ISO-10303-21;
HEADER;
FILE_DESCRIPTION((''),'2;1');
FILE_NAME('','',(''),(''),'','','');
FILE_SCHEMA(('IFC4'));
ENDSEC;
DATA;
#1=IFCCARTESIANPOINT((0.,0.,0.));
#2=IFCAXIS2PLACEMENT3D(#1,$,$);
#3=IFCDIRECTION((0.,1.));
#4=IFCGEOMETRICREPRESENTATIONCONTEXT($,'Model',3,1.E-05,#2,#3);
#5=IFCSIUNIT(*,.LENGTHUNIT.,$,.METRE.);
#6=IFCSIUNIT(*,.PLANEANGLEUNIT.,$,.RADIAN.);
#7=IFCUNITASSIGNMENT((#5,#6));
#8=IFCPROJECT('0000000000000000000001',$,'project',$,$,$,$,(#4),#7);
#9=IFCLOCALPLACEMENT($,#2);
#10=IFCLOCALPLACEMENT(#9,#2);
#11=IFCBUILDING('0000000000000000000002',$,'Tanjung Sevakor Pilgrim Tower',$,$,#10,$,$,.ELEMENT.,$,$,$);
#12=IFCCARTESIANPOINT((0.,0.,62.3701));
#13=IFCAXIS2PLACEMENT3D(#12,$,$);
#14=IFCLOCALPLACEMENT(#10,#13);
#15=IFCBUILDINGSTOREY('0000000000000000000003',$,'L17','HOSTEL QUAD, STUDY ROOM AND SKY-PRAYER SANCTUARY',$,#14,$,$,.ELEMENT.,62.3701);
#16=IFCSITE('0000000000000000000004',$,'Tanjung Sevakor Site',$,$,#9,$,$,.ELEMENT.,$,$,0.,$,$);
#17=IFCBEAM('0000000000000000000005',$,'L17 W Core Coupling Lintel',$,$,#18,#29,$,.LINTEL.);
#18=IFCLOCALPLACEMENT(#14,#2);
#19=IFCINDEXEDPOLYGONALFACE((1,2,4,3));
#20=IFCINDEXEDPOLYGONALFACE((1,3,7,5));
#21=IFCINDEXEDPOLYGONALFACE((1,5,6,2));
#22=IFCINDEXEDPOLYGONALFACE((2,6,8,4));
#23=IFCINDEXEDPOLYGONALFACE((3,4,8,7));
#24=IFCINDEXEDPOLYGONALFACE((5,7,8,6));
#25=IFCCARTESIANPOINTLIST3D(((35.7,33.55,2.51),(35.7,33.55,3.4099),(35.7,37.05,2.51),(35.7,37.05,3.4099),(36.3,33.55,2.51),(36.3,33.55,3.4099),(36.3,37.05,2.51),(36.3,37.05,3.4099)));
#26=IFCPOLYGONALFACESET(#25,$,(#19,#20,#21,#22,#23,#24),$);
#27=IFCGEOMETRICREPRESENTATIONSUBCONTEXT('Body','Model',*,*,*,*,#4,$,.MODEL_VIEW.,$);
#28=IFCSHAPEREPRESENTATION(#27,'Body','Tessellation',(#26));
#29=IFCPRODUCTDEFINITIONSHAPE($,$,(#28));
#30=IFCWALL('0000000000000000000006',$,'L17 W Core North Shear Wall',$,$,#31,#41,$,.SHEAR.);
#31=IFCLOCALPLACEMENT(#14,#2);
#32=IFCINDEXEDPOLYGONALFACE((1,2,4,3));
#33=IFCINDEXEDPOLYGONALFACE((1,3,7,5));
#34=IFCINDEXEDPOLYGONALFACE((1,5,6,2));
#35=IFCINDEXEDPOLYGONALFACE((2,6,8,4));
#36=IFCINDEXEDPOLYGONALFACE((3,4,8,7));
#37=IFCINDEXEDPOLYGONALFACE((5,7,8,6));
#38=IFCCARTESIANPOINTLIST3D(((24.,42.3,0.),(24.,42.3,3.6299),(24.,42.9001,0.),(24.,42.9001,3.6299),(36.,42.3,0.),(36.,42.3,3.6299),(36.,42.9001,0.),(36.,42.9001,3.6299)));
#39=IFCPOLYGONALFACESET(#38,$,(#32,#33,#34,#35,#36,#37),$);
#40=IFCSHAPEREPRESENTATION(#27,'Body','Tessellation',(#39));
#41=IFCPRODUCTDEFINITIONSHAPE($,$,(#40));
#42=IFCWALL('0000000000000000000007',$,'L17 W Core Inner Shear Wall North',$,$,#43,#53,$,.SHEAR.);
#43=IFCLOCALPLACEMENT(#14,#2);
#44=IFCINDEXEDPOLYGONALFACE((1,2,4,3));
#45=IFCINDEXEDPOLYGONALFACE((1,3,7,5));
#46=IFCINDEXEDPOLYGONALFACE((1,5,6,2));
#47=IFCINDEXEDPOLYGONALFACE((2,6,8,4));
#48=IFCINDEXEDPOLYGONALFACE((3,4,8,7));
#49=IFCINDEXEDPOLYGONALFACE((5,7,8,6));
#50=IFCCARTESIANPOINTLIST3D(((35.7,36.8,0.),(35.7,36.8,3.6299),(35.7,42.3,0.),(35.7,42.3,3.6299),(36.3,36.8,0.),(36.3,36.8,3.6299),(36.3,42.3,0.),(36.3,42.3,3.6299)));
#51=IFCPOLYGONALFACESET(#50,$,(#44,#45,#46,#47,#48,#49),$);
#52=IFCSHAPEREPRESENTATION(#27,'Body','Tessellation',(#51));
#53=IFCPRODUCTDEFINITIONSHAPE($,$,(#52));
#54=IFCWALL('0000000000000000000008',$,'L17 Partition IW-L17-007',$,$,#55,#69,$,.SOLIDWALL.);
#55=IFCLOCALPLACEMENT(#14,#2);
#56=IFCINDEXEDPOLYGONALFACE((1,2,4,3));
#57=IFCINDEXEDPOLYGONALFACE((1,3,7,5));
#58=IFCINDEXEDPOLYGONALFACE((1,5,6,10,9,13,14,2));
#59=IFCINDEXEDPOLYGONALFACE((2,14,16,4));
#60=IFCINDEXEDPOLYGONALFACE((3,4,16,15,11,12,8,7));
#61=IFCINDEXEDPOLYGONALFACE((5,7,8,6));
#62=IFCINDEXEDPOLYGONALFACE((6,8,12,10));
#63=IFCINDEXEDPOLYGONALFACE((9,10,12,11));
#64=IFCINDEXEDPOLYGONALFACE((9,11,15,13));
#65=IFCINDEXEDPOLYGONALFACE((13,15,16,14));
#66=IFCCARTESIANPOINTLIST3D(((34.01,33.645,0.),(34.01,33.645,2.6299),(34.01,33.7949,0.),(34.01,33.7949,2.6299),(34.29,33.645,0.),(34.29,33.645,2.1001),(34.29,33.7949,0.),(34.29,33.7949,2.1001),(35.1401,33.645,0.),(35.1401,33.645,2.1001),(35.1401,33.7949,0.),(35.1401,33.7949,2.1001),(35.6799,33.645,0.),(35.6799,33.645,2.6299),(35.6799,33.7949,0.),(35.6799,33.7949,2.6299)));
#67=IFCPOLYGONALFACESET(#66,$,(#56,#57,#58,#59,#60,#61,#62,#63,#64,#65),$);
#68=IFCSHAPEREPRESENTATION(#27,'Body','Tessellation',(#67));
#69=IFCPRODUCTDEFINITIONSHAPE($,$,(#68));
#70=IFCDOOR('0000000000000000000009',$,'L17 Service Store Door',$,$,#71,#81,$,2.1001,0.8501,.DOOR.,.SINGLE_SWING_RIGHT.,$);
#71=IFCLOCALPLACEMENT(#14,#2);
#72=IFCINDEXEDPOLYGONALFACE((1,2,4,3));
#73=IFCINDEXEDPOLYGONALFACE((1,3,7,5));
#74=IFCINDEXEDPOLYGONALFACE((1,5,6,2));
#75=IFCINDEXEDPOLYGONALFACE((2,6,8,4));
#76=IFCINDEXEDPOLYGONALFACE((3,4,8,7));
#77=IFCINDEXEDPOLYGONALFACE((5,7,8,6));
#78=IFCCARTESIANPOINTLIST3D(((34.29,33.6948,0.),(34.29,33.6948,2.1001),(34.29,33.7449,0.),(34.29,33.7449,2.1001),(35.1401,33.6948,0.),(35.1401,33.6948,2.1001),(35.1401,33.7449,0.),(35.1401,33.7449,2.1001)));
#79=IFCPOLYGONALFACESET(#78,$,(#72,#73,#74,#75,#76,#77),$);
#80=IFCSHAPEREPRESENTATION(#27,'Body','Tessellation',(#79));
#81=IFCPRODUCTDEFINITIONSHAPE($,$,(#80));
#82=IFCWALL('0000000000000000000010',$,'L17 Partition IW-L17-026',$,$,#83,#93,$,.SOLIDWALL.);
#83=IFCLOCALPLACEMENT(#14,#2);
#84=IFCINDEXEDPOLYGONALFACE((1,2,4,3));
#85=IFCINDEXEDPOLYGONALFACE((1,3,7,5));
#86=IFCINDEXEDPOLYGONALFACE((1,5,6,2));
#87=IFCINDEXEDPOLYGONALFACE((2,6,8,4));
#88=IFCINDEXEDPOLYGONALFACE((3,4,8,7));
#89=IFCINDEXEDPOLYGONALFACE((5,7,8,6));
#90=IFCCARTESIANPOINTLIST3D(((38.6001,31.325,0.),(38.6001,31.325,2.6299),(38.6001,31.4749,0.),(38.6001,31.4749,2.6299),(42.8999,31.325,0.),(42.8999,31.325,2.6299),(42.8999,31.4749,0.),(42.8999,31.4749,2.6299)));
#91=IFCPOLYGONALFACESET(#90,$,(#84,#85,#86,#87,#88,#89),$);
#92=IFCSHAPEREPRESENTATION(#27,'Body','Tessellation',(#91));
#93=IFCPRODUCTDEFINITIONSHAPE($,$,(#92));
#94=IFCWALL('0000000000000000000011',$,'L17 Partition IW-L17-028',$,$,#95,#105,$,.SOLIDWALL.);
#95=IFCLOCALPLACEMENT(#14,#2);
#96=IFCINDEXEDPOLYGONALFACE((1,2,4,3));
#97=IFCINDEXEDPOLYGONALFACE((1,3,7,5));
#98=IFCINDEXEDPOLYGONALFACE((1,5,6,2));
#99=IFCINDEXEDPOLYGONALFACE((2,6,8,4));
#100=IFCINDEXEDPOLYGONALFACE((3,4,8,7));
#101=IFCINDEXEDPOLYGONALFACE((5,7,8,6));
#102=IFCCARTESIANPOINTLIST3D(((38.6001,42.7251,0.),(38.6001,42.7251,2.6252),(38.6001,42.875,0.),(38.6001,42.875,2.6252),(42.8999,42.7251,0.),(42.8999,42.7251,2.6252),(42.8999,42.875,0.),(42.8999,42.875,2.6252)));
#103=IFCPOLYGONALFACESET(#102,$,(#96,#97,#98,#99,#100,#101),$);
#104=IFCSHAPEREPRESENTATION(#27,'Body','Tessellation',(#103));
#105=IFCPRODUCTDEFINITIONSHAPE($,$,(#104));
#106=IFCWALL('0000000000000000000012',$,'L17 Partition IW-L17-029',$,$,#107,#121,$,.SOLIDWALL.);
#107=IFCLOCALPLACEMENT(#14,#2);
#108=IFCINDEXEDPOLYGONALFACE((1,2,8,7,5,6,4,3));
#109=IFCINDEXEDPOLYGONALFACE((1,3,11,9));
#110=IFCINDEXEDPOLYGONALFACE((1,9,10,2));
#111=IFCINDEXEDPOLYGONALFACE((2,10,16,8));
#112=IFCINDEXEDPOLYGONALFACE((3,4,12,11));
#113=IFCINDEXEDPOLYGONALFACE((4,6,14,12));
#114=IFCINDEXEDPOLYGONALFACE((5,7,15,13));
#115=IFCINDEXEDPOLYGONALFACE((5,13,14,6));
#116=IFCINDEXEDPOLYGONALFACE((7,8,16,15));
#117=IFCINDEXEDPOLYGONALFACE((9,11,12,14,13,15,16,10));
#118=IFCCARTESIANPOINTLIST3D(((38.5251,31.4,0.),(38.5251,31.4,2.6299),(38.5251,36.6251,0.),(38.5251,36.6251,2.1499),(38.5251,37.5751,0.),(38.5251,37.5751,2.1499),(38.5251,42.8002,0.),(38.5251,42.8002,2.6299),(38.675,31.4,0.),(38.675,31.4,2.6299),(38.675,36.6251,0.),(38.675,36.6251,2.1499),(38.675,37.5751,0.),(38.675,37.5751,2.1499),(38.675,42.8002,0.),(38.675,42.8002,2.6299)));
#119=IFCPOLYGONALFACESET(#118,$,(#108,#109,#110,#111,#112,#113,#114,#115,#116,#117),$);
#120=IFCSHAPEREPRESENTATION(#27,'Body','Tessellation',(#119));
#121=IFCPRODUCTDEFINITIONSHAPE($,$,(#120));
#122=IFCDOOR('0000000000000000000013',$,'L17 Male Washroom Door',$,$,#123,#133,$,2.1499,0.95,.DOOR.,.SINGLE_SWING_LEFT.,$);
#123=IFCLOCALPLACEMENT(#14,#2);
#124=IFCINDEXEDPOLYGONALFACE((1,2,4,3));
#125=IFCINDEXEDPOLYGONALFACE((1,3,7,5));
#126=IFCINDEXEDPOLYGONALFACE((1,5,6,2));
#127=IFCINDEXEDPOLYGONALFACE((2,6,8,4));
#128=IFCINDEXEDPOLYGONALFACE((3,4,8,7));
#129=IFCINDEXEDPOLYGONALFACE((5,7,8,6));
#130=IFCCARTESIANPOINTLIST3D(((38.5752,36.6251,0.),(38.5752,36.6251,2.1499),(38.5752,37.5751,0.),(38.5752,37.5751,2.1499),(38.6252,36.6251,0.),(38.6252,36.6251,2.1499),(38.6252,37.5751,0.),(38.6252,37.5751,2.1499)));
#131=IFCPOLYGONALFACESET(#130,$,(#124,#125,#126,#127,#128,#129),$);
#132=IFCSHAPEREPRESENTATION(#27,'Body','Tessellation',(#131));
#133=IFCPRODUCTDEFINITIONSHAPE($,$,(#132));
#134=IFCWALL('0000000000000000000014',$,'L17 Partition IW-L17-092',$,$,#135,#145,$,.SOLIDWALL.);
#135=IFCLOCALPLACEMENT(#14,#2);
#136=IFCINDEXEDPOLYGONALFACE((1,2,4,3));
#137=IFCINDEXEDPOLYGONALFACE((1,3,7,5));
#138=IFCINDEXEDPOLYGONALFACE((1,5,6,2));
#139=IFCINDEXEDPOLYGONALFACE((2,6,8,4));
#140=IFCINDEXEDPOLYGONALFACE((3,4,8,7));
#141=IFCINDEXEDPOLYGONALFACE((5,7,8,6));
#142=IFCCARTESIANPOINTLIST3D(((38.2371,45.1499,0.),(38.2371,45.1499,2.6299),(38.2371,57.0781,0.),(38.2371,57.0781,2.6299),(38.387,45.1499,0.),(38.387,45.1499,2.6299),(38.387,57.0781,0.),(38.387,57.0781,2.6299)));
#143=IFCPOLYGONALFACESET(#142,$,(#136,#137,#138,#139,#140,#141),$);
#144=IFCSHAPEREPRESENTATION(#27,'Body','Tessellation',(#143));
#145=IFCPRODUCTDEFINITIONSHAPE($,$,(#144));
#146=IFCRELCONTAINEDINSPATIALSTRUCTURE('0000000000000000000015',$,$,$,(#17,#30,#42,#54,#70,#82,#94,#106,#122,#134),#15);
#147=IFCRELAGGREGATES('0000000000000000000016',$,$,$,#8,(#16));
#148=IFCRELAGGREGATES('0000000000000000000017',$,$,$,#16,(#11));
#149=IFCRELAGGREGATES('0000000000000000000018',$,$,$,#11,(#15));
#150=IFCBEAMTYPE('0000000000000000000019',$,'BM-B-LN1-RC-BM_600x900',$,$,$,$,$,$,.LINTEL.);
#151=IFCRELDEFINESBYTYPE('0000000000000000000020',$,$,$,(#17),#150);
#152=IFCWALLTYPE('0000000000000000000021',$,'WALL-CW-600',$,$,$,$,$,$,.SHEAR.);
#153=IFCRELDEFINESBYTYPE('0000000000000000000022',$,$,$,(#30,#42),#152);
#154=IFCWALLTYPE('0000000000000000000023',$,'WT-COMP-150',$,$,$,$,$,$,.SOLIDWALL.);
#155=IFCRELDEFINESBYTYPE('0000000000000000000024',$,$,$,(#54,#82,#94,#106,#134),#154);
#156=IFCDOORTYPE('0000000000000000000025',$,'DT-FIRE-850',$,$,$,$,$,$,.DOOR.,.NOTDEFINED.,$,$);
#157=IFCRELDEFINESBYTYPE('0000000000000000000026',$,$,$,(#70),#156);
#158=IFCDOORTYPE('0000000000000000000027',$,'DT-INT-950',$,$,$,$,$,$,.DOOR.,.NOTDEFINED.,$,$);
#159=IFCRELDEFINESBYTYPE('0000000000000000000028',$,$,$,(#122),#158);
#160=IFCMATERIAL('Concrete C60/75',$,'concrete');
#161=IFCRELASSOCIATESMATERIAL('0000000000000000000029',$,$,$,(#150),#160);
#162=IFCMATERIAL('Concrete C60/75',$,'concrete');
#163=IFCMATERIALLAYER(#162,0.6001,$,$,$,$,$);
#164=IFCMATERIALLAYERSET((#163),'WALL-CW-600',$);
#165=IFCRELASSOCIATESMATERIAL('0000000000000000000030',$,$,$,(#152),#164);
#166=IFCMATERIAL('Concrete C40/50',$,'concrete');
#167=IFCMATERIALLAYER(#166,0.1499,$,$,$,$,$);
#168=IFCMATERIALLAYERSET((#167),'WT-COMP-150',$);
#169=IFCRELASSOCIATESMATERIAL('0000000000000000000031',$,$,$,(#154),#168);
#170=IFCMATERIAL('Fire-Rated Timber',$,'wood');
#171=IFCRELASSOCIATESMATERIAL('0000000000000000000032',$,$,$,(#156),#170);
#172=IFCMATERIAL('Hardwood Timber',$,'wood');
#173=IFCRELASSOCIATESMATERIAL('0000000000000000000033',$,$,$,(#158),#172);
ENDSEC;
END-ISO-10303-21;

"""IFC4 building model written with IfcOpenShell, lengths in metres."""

from ifc_helpers import new_model, si_unit, direction, frame, frame_2d, origin, origin_2d, place, context, subcontext, project, spatial, rectangle, extrude, material, layer, layer_set, material_profile, profile_set, type_object, element, fill, save


model = new_model("IFC4")

# Units and contexts
model_context = context("Model", 3, precision=1e-05, world=origin(), true_north=direction((0.0, 1.0)))
body_context = subcontext(model_context, "Body", "Model", "MODEL_VIEW")
ifc_project = project(units=[si_unit("LENGTHUNIT", "METRE"), si_unit("PLANEANGLEUNIT", "RADIAN")], contexts=[model_context])

# Site, building, storey
site_placement = place(None, origin())
site = spatial("IfcSite", under=ifc_project, at=site_placement, Name="Tanjung Sevakor Site", CompositionType="ELEMENT", RefElevation=0.0)
building_placement = place(site_placement, origin())
building = spatial("IfcBuilding", under=site, at=building_placement, Name="Tanjung Sevakor Pilgrim Tower", CompositionType="ELEMENT")
storey_placement = place(building_placement, frame((0.0, 0.0, 62.3701)))
storey = spatial("IfcBuildingStorey", under=building, at=storey_placement, Name="L17", Description="HOSTEL QUAD, STUDY ROOM AND SKY-PRAYER SANCTUARY", CompositionType="ELEMENT", Elevation=62.3701)

# Beam
ifc_material_1 = material(Name="Concrete C60/75", Category="concrete")
ifc_material_profile_1 = material_profile(ifc_material_1, rectangle(XDim=0.6001, YDim=0.8999, at=origin_2d()))
ifc_profile_set_1 = profile_set([ifc_material_profile_1], Name="Concrete C60/75")
beam_type_1 = type_object("IfcBeamType", Name="BM-B-LN1-RC-BM_600x900", PredefinedType="LINTEL", material=ifc_profile_set_1)
beam_1_placement = place(storey_placement, frame((36.0, 33.55, 2.96), z_axis=(0.0, 1.0, 0.0), x_axis=(-1.0, 0.0, 0.0)))
element("IfcBeam", 1, at=beam_1_placement, inside=storey, type_object=beam_type_1, Name="L17 W Core Coupling Lintel", PredefinedType="LINTEL", context=body_context, shape_type="SweptSolid", body=[
    extrude(rectangle(XDim=0.6001, YDim=0.8999, at=origin_2d()), origin(), (0.0, 0.0, 1.0), 3.5),
])

# Walls
ifc_material_2 = material(Name="Concrete C60/75", Category="concrete")
ifc_layer_1 = layer(ifc_material_2, 0.6001)
ifc_layer_set_1 = layer_set([ifc_layer_1], Name="WALL-CW-600")
wall_type_1 = type_object("IfcWallType", Name="WALL-CW-600", PredefinedType="SHEAR", material=ifc_layer_set_1)
wall_1_placement = place(storey_placement, frame((36.0, 42.6001, 0.0), z_axis=(0.0, 0.0, 1.0), x_axis=(-1.0, 0.0, 0.0)))
element("IfcWall", 2, at=wall_1_placement, inside=storey, type_object=wall_type_1, Name="L17 W Core North Shear Wall", PredefinedType="SHEAR", context=body_context, shape_type="SweptSolid", body=[
    extrude(rectangle(XDim=12.0, YDim=0.6001, at=frame_2d((6.0, 0.0))), origin(), (0.0, 0.0, 1.0), 3.6299),
])
wall_2_placement = place(storey_placement, frame((36.0, 36.8, 0.0), z_axis=(0.0, 0.0, 1.0), x_axis=(0.0, 1.0, 0.0)))
element("IfcWall", 3, at=wall_2_placement, inside=storey, type_object=wall_type_1, Name="L17 W Core Inner Shear Wall North", PredefinedType="SHEAR", context=body_context, shape_type="SweptSolid", body=[
    extrude(rectangle(XDim=5.5, YDim=0.6001, at=frame_2d((2.75, 0.0))), origin(), (0.0, 0.0, 1.0), 3.6299),
])

# Wall, opening, door
ifc_material_3 = material(Name="Concrete C40/50", Category="concrete")
ifc_layer_2 = layer(ifc_material_3, 0.1499)
ifc_layer_set_2 = layer_set([ifc_layer_2], Name="WT-COMP-150")
wall_type_2 = type_object("IfcWallType", Name="WT-COMP-150", PredefinedType="SOLIDWALL", material=ifc_layer_set_2)
wall_3_placement = place(storey_placement, frame((34.01, 33.72, 0.0), z_axis=(0.0, 0.0, 1.0), x_axis=(1.0, 0.0, 0.0)))
wall_3 = element("IfcWall", 4, at=wall_3_placement, inside=storey, type_object=wall_type_2, Name="L17 Partition IW-L17-007", PredefinedType="SOLIDWALL", context=body_context, shape_type="SweptSolid", body=[
    extrude(rectangle(XDim=1.6699, YDim=0.1499, at=frame_2d((0.835, 0.0))), origin(), (0.0, 0.0, 1.0), 2.6299),
])
opening_1_placement = place(wall_3_placement, frame((0.28, 0.0, 0.0)))
opening_1 = element("IfcOpeningElement", 5, at=opening_1_placement, cuts=wall_3, PredefinedType="OPENING", context=body_context, shape_type="SweptSolid", body=[
    extrude(rectangle(XDim=0.8501, YDim=2.1001, at=frame_2d((0.425, 1.05))), frame((0.0, 0.085, 0.0), z_axis=(0.0, -1.0, 0.0), x_axis=(1.0, 0.0, 0.0)), (0.0, 0.0, 1.0), 0.1699),
])
ifc_material_4 = material(Name="Fire-Rated Timber", Category="wood")
door_type_1 = type_object("IfcDoorType", Name="DT-FIRE-850", OperationType="NOTDEFINED", PredefinedType="DOOR", material=ifc_material_4)
door_1_placement = place(opening_1_placement, origin())
door_1 = element("IfcDoor", 6, at=door_1_placement, inside=storey, type_object=door_type_1, Name="L17 Service Store Door", OperationType="SINGLE_SWING_RIGHT", OverallHeight=2.1001, OverallWidth=0.8501, PredefinedType="DOOR", context=body_context, shape_type="SweptSolid", body=[
    extrude(rectangle(XDim=0.8501, YDim=2.1001, at=frame_2d((0.425, 1.05))), frame((0.0, 0.0249, 0.0), z_axis=(0.0, -1.0, 0.0), x_axis=(1.0, 0.0, 0.0)), (0.0, 0.0, 1.0), 0.05),
])
fill(opening_1, door_1)

# Walls
wall_4_placement = place(storey_placement, frame((38.6001, 31.3999, 0.0), z_axis=(0.0, 0.0, 1.0), x_axis=(1.0, 0.0, 0.0)))
element("IfcWall", 7, at=wall_4_placement, inside=storey, type_object=wall_type_2, Name="L17 Partition IW-L17-026", PredefinedType="SOLIDWALL", context=body_context, shape_type="SweptSolid", body=[
    extrude(rectangle(XDim=4.2998, YDim=0.1499, at=frame_2d((2.1499, 0.0))), origin(), (0.0, 0.0, 1.0), 2.6299),
])
wall_5_placement = place(storey_placement, frame((38.6001, 42.8, 0.0), z_axis=(0.0, 0.0, 1.0), x_axis=(1.0, 0.0, 0.0)))
element("IfcWall", 8, at=wall_5_placement, inside=storey, type_object=wall_type_2, Name="L17 Partition IW-L17-028", PredefinedType="SOLIDWALL", context=body_context, shape_type="SweptSolid", body=[
    extrude(rectangle(XDim=4.2998, YDim=0.1499, at=frame_2d((2.1499, 0.0))), origin(), (0.0, 0.0, 1.0), 2.6252),
])

# Wall, opening, door
wall_6_placement = place(storey_placement, frame((38.6001, 31.3999, 0.0), z_axis=(0.0, 0.0, 1.0), x_axis=(0.0, 1.0, 0.0)))
wall_6 = element("IfcWall", 9, at=wall_6_placement, inside=storey, type_object=wall_type_2, Name="L17 Partition IW-L17-029", PredefinedType="SOLIDWALL", context=body_context, shape_type="SweptSolid", body=[
    extrude(rectangle(XDim=11.4001, YDim=0.1499, at=frame_2d((5.7002, 0.0))), origin(), (0.0, 0.0, 1.0), 2.6299),
])
opening_2_placement = place(wall_6_placement, frame((5.2251, 0.0, 0.0)))
opening_2 = element("IfcOpeningElement", 10, at=opening_2_placement, cuts=wall_6, PredefinedType="OPENING", context=body_context, shape_type="SweptSolid", body=[
    extrude(rectangle(XDim=0.95, YDim=2.1499, at=frame_2d((0.4751, 1.075))), frame((0.0, 0.085, 0.0), z_axis=(0.0, -1.0, 0.0), x_axis=(1.0, 0.0, 0.0)), (0.0, 0.0, 1.0), 0.1699),
])
ifc_material_5 = material(Name="Hardwood Timber", Category="wood")
door_type_2 = type_object("IfcDoorType", Name="DT-INT-950", OperationType="NOTDEFINED", PredefinedType="DOOR", material=ifc_material_5)
door_2_placement = place(opening_2_placement, origin())
door_2 = element("IfcDoor", 11, at=door_2_placement, inside=storey, type_object=door_type_2, Name="L17 Male Washroom Door", OperationType="SINGLE_SWING_LEFT", OverallHeight=2.1499, OverallWidth=0.95, PredefinedType="DOOR", context=body_context, shape_type="SweptSolid", body=[
    extrude(rectangle(XDim=0.95, YDim=2.1499, at=frame_2d((0.4751, 1.075))), frame((0.0, 0.0249, 0.0), z_axis=(0.0, -1.0, 0.0), x_axis=(1.0, 0.0, 0.0)), (0.0, 0.0, 1.0), 0.05),
])
fill(opening_2, door_2)

# Wall
wall_7_placement = place(storey_placement, frame((38.312, 45.1499, 0.0), z_axis=(0.0, 0.0, 1.0), x_axis=(0.0, 1.0, 0.0)))
element("IfcWall", 12, at=wall_7_placement, inside=storey, type_object=wall_type_2, Name="L17 Partition IW-L17-092", PredefinedType="SOLIDWALL", context=body_context, shape_type="SweptSolid", body=[
    extrude(rectangle(XDim=11.9282, YDim=0.1499, at=frame_2d((5.9641, 0.0))), origin(), (0.0, 0.0, 1.0), 2.6299),
])

save(model, "model.ifc")
